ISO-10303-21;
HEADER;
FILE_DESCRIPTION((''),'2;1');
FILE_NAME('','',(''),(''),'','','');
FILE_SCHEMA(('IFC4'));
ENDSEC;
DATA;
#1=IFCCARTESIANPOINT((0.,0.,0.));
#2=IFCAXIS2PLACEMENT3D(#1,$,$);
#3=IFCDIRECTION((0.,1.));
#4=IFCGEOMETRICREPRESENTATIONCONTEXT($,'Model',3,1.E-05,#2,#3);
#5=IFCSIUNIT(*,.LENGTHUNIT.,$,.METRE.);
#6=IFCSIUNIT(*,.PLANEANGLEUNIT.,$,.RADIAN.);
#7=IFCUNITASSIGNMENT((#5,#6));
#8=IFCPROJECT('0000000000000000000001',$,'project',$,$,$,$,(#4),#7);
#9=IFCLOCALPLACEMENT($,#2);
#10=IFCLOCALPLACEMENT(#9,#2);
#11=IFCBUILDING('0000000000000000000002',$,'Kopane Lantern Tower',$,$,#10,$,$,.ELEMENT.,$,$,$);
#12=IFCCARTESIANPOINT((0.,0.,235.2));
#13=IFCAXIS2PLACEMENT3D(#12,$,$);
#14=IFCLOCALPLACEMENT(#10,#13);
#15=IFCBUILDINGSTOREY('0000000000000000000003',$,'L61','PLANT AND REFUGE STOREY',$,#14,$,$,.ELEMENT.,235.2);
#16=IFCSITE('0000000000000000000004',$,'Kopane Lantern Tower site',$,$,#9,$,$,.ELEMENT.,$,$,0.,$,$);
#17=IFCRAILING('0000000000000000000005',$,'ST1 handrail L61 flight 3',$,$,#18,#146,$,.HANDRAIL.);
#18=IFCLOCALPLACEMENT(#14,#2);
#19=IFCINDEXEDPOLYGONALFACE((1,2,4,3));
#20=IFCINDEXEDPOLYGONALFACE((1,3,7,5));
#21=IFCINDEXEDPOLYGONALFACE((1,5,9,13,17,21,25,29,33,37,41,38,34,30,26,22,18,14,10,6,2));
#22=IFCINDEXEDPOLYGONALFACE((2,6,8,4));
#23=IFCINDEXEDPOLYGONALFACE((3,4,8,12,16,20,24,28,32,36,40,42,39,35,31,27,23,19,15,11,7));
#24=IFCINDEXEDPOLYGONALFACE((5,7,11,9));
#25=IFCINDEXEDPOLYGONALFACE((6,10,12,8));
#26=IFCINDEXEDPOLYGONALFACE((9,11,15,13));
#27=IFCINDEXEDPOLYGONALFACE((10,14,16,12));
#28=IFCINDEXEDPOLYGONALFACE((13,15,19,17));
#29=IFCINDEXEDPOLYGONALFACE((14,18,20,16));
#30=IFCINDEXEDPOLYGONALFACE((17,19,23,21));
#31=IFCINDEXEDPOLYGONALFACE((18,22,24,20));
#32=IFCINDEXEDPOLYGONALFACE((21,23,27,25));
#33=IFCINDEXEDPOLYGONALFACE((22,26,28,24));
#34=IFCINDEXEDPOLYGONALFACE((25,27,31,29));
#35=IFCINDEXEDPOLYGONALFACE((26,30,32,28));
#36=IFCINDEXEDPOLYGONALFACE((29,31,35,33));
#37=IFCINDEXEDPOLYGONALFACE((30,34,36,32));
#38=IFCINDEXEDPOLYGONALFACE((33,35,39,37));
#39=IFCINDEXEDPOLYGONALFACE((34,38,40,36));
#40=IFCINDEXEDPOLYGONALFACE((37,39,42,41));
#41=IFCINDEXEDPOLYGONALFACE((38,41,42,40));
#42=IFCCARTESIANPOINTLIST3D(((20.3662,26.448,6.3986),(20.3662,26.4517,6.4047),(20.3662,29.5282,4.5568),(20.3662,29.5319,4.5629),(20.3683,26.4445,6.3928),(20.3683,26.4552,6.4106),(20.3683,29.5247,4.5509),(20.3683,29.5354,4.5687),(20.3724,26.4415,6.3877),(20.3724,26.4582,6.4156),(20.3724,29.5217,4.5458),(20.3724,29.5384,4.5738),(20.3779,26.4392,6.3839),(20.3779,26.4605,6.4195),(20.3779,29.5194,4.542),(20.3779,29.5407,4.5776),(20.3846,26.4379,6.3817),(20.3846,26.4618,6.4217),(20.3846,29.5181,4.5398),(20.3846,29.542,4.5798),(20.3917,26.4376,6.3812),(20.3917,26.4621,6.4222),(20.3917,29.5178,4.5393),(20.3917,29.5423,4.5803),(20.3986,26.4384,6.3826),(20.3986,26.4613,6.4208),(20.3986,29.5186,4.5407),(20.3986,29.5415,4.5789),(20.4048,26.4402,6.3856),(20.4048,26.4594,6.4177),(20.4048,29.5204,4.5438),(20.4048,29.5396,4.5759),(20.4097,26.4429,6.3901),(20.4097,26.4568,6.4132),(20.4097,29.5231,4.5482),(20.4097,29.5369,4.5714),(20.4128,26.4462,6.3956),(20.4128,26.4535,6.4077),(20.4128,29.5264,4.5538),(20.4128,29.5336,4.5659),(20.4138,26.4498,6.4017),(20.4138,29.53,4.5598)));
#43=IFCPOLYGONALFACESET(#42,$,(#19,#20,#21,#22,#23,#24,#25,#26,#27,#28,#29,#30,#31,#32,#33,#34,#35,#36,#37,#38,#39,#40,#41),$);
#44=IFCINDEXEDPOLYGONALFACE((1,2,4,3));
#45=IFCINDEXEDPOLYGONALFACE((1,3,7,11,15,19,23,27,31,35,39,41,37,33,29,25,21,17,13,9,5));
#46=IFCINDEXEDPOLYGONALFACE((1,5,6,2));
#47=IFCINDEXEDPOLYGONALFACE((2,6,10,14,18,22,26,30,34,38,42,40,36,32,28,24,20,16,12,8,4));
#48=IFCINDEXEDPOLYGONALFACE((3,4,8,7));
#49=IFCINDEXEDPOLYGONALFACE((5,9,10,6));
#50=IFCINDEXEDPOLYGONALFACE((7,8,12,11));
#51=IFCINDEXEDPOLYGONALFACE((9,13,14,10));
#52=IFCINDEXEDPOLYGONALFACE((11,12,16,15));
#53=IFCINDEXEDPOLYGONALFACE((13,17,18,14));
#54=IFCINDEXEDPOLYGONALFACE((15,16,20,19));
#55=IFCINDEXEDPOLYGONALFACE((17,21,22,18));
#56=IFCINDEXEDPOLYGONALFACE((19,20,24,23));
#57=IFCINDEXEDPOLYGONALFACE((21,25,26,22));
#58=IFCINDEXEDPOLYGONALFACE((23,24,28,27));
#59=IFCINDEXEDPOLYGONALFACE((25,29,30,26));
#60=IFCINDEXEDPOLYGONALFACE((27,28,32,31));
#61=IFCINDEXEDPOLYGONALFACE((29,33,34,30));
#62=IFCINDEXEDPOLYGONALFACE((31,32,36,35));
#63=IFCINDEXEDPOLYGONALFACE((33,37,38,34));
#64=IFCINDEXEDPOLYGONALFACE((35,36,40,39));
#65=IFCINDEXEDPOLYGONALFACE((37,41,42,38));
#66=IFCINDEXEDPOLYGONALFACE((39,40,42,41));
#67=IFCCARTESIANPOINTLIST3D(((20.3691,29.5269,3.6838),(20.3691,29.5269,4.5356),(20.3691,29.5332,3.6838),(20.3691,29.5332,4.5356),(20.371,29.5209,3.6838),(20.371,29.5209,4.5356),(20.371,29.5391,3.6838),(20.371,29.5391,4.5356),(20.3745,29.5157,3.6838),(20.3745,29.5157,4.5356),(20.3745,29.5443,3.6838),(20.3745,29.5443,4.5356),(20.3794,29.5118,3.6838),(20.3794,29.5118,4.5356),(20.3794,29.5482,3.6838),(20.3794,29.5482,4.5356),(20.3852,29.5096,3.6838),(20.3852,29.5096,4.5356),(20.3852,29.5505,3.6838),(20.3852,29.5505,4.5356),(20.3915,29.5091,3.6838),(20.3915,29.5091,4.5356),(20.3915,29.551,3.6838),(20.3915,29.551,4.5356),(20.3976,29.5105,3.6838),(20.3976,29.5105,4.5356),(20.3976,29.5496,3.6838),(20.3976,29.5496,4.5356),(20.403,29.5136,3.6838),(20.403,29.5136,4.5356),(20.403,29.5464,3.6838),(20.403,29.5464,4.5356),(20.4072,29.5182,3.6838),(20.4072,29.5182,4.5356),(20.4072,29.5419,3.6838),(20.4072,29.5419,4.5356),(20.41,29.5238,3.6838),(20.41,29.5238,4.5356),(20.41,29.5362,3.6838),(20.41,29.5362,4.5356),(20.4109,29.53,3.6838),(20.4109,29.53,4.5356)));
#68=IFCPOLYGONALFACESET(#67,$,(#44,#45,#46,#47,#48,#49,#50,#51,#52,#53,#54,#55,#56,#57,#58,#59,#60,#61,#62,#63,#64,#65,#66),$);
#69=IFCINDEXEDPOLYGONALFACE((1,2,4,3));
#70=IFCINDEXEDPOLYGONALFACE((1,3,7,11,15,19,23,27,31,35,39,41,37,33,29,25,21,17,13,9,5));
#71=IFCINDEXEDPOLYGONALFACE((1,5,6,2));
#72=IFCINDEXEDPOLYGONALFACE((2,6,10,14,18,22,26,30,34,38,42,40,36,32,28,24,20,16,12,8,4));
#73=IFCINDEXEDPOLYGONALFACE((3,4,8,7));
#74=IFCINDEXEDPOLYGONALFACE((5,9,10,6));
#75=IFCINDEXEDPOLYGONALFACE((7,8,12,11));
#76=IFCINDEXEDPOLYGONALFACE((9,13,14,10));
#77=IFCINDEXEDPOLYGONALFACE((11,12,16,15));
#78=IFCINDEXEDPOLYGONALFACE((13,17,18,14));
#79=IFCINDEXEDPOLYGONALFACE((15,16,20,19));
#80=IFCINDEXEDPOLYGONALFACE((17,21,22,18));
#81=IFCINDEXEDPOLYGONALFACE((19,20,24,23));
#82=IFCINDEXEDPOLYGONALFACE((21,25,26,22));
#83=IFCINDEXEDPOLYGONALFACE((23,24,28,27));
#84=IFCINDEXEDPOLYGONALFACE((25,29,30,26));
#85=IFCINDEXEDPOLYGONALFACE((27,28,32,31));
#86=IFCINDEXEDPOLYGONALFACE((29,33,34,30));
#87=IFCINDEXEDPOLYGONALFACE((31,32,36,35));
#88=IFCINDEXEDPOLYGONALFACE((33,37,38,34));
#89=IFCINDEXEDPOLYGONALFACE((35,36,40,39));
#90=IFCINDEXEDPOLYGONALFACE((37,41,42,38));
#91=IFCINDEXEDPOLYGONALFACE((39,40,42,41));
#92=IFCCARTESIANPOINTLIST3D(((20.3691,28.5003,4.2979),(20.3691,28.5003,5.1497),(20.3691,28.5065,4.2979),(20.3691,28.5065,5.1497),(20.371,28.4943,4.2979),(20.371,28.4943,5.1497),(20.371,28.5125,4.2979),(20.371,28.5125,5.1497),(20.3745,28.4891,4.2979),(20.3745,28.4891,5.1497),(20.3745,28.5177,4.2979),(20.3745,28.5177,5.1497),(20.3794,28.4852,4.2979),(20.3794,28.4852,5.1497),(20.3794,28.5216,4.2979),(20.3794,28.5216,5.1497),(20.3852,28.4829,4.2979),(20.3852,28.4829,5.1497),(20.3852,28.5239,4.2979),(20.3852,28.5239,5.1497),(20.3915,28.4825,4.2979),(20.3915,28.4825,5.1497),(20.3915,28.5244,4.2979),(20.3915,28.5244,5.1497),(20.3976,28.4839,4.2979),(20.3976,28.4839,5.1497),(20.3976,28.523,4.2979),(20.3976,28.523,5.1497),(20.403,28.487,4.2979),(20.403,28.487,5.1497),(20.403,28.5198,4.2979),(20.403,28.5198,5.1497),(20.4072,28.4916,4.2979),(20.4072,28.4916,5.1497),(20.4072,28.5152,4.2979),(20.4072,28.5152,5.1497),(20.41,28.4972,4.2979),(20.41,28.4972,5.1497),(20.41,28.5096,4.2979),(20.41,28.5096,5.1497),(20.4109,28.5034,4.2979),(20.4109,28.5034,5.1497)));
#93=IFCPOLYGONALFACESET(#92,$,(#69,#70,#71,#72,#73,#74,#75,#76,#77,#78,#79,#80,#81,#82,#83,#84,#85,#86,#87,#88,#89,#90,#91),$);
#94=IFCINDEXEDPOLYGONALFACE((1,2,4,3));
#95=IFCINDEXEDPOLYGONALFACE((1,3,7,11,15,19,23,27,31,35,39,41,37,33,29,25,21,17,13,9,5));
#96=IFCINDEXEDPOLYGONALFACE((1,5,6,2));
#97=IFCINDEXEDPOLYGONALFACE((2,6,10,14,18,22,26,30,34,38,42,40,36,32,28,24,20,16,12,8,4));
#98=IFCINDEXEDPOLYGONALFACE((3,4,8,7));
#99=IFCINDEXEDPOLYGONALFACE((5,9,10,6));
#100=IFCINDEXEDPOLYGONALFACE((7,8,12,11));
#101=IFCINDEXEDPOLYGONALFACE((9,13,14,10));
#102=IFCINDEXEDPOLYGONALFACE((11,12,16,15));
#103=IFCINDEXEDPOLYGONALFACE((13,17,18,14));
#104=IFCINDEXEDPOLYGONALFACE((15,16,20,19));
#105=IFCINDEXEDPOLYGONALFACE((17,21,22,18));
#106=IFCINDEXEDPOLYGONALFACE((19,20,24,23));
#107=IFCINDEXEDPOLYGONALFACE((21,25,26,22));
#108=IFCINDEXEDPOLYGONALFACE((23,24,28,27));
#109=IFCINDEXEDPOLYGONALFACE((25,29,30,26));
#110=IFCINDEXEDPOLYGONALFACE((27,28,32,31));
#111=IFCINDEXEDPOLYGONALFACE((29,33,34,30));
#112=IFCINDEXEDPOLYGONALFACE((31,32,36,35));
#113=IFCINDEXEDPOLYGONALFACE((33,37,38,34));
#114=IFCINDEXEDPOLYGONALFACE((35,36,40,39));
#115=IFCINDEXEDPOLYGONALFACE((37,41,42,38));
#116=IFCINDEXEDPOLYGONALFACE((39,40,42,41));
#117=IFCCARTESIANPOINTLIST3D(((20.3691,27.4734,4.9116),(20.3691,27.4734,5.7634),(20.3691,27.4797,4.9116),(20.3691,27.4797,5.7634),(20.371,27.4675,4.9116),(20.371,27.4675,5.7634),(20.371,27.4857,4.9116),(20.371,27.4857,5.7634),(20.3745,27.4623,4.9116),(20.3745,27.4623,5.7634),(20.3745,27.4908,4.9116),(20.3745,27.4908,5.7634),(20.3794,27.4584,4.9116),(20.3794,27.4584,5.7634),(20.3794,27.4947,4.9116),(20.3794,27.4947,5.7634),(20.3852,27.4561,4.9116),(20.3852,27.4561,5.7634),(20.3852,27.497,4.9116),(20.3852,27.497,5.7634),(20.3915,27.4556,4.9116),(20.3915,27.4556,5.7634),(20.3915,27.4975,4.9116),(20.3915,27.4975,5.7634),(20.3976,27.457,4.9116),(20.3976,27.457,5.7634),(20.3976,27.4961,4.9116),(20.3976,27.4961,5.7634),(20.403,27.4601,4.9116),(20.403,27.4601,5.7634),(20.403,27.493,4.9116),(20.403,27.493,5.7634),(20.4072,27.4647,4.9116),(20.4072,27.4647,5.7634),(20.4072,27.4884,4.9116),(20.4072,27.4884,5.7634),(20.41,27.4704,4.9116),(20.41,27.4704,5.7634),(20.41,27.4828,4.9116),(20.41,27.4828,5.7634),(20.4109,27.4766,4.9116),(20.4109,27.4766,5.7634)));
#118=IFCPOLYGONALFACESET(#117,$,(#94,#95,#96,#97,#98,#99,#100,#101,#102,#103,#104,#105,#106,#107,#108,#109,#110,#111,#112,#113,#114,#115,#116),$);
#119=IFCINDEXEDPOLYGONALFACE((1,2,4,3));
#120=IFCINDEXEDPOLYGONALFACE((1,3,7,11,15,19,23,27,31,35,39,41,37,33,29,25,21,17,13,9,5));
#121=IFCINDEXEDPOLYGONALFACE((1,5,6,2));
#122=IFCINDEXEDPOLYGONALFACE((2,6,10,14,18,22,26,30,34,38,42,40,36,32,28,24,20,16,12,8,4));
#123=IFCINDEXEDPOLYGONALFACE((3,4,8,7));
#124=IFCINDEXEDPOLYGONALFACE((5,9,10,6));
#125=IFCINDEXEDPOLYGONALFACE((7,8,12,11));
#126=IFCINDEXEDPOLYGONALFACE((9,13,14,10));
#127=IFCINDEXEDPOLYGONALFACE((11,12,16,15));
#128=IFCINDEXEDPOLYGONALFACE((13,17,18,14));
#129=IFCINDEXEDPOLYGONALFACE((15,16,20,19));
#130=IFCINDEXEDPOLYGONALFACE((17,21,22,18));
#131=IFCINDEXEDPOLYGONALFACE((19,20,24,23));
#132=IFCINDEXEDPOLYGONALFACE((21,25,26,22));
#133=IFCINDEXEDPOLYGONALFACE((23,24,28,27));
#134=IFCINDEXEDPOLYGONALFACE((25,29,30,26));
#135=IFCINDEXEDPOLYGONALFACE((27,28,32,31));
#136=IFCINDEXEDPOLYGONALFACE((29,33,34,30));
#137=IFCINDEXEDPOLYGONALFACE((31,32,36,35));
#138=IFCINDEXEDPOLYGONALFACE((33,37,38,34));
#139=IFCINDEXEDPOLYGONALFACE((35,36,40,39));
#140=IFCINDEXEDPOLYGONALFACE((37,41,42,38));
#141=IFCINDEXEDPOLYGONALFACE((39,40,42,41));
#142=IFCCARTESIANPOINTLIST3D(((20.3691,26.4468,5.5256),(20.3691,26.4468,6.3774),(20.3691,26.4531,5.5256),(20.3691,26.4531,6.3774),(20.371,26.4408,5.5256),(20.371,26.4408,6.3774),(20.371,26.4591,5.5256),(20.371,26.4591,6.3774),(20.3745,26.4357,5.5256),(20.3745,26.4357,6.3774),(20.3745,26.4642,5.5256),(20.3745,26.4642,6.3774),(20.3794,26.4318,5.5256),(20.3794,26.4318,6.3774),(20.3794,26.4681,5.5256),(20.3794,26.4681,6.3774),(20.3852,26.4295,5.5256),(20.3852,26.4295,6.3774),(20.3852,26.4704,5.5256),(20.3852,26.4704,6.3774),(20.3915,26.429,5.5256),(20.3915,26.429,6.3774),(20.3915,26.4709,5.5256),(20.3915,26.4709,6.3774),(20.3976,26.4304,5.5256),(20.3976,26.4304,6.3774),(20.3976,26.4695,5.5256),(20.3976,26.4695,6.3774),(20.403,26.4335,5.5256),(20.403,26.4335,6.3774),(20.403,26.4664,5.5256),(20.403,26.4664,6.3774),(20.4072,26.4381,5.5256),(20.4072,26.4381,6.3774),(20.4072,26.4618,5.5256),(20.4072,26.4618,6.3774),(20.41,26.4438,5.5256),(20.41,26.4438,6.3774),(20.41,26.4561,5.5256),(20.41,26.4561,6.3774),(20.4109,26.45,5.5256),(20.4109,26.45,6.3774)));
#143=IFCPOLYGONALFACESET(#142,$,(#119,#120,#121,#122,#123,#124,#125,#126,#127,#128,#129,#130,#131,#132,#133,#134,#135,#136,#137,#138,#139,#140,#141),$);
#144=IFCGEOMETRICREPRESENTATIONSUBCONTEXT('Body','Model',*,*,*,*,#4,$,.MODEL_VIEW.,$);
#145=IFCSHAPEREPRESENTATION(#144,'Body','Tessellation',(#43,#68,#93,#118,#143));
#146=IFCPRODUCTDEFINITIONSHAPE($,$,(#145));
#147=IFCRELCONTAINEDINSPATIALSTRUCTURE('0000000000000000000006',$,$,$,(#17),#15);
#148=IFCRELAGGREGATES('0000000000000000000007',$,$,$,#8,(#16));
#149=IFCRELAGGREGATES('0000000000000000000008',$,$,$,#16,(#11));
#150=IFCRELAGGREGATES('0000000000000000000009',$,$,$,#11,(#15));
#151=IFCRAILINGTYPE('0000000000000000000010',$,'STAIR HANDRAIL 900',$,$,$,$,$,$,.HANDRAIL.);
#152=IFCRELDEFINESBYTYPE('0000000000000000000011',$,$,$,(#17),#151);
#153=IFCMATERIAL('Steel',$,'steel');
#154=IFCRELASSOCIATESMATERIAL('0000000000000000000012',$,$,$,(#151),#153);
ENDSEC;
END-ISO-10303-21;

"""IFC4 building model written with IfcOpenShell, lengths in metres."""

from ifc_helpers import new_model, si_unit, direction, frame, origin, origin_2d, place, context, subcontext, project, spatial, circle, extrude, material, type_object, element, save


model = new_model("IFC4")

# Units and contexts
model_context = context("Model", 3, precision=1e-05, world=origin(), true_north=direction((0.0, 1.0)))
body_context = subcontext(model_context, "Body", "Model", "MODEL_VIEW")
ifc_project = project(units=[si_unit("LENGTHUNIT", "METRE"), si_unit("PLANEANGLEUNIT", "RADIAN")], contexts=[model_context])

# Site, building, storey
site_placement = place(None, origin())
site = spatial("IfcSite", under=ifc_project, at=site_placement, Name="Kopane Lantern Tower site", CompositionType="ELEMENT", RefElevation=0.0)
building_placement = place(site_placement, origin())
building = spatial("IfcBuilding", under=site, at=building_placement, Name="Kopane Lantern Tower", CompositionType="ELEMENT")
storey_placement = place(building_placement, frame((0.0, 0.0, 235.2)))
storey = spatial("IfcBuildingStorey", under=building, at=storey_placement, Name="L61", Description="PLANT AND REFUGE STOREY", CompositionType="ELEMENT", Elevation=235.2)

# Railing
ifc_material_1 = material(Name="Steel", Category="steel")
railing_type_1 = type_object("IfcRailingType", Name="STAIR HANDRAIL 900", PredefinedType="HANDRAIL", material=ifc_material_1)
for number, where, name in (
    (1, (20.3899, 29.53, 3.6838), "ST1 handrail L61 flight 3"),
):
    element("IfcRailing", number, at=place(storey_placement, frame(where)), inside=storey, type_object=railing_type_1, Name=name, PredefinedType="HANDRAIL", context=body_context, shape_type="SweptSolid", body=[
        extrude(circle(Radius=0.0239, at=origin_2d()), frame((0.0, 0.0, 0.876), z_axis=(0.0, -0.85826, 0.513215), x_axis=(1.0, 0.0, 0.0)), (0.0, 0.0, 1.0), 3.5889),
        extrude(circle(Radius=0.021, at=origin_2d()), origin(), (0.0, 0.0, 1.0), 0.8518),
        extrude(circle(Radius=0.021, at=origin_2d()), frame((0.0, -1.0266, 0.614)), (0.0, 0.0, 1.0), 0.8518),
        extrude(circle(Radius=0.021, at=origin_2d()), frame((0.0, -2.0535, 1.2278)), (0.0, 0.0, 1.0), 0.8518),
        extrude(circle(Radius=0.021, at=origin_2d()), frame((0.0, -3.0801, 1.8418)), (0.0, 0.0, 1.0), 0.8518),
    ])

save(model, "model.ifc")
